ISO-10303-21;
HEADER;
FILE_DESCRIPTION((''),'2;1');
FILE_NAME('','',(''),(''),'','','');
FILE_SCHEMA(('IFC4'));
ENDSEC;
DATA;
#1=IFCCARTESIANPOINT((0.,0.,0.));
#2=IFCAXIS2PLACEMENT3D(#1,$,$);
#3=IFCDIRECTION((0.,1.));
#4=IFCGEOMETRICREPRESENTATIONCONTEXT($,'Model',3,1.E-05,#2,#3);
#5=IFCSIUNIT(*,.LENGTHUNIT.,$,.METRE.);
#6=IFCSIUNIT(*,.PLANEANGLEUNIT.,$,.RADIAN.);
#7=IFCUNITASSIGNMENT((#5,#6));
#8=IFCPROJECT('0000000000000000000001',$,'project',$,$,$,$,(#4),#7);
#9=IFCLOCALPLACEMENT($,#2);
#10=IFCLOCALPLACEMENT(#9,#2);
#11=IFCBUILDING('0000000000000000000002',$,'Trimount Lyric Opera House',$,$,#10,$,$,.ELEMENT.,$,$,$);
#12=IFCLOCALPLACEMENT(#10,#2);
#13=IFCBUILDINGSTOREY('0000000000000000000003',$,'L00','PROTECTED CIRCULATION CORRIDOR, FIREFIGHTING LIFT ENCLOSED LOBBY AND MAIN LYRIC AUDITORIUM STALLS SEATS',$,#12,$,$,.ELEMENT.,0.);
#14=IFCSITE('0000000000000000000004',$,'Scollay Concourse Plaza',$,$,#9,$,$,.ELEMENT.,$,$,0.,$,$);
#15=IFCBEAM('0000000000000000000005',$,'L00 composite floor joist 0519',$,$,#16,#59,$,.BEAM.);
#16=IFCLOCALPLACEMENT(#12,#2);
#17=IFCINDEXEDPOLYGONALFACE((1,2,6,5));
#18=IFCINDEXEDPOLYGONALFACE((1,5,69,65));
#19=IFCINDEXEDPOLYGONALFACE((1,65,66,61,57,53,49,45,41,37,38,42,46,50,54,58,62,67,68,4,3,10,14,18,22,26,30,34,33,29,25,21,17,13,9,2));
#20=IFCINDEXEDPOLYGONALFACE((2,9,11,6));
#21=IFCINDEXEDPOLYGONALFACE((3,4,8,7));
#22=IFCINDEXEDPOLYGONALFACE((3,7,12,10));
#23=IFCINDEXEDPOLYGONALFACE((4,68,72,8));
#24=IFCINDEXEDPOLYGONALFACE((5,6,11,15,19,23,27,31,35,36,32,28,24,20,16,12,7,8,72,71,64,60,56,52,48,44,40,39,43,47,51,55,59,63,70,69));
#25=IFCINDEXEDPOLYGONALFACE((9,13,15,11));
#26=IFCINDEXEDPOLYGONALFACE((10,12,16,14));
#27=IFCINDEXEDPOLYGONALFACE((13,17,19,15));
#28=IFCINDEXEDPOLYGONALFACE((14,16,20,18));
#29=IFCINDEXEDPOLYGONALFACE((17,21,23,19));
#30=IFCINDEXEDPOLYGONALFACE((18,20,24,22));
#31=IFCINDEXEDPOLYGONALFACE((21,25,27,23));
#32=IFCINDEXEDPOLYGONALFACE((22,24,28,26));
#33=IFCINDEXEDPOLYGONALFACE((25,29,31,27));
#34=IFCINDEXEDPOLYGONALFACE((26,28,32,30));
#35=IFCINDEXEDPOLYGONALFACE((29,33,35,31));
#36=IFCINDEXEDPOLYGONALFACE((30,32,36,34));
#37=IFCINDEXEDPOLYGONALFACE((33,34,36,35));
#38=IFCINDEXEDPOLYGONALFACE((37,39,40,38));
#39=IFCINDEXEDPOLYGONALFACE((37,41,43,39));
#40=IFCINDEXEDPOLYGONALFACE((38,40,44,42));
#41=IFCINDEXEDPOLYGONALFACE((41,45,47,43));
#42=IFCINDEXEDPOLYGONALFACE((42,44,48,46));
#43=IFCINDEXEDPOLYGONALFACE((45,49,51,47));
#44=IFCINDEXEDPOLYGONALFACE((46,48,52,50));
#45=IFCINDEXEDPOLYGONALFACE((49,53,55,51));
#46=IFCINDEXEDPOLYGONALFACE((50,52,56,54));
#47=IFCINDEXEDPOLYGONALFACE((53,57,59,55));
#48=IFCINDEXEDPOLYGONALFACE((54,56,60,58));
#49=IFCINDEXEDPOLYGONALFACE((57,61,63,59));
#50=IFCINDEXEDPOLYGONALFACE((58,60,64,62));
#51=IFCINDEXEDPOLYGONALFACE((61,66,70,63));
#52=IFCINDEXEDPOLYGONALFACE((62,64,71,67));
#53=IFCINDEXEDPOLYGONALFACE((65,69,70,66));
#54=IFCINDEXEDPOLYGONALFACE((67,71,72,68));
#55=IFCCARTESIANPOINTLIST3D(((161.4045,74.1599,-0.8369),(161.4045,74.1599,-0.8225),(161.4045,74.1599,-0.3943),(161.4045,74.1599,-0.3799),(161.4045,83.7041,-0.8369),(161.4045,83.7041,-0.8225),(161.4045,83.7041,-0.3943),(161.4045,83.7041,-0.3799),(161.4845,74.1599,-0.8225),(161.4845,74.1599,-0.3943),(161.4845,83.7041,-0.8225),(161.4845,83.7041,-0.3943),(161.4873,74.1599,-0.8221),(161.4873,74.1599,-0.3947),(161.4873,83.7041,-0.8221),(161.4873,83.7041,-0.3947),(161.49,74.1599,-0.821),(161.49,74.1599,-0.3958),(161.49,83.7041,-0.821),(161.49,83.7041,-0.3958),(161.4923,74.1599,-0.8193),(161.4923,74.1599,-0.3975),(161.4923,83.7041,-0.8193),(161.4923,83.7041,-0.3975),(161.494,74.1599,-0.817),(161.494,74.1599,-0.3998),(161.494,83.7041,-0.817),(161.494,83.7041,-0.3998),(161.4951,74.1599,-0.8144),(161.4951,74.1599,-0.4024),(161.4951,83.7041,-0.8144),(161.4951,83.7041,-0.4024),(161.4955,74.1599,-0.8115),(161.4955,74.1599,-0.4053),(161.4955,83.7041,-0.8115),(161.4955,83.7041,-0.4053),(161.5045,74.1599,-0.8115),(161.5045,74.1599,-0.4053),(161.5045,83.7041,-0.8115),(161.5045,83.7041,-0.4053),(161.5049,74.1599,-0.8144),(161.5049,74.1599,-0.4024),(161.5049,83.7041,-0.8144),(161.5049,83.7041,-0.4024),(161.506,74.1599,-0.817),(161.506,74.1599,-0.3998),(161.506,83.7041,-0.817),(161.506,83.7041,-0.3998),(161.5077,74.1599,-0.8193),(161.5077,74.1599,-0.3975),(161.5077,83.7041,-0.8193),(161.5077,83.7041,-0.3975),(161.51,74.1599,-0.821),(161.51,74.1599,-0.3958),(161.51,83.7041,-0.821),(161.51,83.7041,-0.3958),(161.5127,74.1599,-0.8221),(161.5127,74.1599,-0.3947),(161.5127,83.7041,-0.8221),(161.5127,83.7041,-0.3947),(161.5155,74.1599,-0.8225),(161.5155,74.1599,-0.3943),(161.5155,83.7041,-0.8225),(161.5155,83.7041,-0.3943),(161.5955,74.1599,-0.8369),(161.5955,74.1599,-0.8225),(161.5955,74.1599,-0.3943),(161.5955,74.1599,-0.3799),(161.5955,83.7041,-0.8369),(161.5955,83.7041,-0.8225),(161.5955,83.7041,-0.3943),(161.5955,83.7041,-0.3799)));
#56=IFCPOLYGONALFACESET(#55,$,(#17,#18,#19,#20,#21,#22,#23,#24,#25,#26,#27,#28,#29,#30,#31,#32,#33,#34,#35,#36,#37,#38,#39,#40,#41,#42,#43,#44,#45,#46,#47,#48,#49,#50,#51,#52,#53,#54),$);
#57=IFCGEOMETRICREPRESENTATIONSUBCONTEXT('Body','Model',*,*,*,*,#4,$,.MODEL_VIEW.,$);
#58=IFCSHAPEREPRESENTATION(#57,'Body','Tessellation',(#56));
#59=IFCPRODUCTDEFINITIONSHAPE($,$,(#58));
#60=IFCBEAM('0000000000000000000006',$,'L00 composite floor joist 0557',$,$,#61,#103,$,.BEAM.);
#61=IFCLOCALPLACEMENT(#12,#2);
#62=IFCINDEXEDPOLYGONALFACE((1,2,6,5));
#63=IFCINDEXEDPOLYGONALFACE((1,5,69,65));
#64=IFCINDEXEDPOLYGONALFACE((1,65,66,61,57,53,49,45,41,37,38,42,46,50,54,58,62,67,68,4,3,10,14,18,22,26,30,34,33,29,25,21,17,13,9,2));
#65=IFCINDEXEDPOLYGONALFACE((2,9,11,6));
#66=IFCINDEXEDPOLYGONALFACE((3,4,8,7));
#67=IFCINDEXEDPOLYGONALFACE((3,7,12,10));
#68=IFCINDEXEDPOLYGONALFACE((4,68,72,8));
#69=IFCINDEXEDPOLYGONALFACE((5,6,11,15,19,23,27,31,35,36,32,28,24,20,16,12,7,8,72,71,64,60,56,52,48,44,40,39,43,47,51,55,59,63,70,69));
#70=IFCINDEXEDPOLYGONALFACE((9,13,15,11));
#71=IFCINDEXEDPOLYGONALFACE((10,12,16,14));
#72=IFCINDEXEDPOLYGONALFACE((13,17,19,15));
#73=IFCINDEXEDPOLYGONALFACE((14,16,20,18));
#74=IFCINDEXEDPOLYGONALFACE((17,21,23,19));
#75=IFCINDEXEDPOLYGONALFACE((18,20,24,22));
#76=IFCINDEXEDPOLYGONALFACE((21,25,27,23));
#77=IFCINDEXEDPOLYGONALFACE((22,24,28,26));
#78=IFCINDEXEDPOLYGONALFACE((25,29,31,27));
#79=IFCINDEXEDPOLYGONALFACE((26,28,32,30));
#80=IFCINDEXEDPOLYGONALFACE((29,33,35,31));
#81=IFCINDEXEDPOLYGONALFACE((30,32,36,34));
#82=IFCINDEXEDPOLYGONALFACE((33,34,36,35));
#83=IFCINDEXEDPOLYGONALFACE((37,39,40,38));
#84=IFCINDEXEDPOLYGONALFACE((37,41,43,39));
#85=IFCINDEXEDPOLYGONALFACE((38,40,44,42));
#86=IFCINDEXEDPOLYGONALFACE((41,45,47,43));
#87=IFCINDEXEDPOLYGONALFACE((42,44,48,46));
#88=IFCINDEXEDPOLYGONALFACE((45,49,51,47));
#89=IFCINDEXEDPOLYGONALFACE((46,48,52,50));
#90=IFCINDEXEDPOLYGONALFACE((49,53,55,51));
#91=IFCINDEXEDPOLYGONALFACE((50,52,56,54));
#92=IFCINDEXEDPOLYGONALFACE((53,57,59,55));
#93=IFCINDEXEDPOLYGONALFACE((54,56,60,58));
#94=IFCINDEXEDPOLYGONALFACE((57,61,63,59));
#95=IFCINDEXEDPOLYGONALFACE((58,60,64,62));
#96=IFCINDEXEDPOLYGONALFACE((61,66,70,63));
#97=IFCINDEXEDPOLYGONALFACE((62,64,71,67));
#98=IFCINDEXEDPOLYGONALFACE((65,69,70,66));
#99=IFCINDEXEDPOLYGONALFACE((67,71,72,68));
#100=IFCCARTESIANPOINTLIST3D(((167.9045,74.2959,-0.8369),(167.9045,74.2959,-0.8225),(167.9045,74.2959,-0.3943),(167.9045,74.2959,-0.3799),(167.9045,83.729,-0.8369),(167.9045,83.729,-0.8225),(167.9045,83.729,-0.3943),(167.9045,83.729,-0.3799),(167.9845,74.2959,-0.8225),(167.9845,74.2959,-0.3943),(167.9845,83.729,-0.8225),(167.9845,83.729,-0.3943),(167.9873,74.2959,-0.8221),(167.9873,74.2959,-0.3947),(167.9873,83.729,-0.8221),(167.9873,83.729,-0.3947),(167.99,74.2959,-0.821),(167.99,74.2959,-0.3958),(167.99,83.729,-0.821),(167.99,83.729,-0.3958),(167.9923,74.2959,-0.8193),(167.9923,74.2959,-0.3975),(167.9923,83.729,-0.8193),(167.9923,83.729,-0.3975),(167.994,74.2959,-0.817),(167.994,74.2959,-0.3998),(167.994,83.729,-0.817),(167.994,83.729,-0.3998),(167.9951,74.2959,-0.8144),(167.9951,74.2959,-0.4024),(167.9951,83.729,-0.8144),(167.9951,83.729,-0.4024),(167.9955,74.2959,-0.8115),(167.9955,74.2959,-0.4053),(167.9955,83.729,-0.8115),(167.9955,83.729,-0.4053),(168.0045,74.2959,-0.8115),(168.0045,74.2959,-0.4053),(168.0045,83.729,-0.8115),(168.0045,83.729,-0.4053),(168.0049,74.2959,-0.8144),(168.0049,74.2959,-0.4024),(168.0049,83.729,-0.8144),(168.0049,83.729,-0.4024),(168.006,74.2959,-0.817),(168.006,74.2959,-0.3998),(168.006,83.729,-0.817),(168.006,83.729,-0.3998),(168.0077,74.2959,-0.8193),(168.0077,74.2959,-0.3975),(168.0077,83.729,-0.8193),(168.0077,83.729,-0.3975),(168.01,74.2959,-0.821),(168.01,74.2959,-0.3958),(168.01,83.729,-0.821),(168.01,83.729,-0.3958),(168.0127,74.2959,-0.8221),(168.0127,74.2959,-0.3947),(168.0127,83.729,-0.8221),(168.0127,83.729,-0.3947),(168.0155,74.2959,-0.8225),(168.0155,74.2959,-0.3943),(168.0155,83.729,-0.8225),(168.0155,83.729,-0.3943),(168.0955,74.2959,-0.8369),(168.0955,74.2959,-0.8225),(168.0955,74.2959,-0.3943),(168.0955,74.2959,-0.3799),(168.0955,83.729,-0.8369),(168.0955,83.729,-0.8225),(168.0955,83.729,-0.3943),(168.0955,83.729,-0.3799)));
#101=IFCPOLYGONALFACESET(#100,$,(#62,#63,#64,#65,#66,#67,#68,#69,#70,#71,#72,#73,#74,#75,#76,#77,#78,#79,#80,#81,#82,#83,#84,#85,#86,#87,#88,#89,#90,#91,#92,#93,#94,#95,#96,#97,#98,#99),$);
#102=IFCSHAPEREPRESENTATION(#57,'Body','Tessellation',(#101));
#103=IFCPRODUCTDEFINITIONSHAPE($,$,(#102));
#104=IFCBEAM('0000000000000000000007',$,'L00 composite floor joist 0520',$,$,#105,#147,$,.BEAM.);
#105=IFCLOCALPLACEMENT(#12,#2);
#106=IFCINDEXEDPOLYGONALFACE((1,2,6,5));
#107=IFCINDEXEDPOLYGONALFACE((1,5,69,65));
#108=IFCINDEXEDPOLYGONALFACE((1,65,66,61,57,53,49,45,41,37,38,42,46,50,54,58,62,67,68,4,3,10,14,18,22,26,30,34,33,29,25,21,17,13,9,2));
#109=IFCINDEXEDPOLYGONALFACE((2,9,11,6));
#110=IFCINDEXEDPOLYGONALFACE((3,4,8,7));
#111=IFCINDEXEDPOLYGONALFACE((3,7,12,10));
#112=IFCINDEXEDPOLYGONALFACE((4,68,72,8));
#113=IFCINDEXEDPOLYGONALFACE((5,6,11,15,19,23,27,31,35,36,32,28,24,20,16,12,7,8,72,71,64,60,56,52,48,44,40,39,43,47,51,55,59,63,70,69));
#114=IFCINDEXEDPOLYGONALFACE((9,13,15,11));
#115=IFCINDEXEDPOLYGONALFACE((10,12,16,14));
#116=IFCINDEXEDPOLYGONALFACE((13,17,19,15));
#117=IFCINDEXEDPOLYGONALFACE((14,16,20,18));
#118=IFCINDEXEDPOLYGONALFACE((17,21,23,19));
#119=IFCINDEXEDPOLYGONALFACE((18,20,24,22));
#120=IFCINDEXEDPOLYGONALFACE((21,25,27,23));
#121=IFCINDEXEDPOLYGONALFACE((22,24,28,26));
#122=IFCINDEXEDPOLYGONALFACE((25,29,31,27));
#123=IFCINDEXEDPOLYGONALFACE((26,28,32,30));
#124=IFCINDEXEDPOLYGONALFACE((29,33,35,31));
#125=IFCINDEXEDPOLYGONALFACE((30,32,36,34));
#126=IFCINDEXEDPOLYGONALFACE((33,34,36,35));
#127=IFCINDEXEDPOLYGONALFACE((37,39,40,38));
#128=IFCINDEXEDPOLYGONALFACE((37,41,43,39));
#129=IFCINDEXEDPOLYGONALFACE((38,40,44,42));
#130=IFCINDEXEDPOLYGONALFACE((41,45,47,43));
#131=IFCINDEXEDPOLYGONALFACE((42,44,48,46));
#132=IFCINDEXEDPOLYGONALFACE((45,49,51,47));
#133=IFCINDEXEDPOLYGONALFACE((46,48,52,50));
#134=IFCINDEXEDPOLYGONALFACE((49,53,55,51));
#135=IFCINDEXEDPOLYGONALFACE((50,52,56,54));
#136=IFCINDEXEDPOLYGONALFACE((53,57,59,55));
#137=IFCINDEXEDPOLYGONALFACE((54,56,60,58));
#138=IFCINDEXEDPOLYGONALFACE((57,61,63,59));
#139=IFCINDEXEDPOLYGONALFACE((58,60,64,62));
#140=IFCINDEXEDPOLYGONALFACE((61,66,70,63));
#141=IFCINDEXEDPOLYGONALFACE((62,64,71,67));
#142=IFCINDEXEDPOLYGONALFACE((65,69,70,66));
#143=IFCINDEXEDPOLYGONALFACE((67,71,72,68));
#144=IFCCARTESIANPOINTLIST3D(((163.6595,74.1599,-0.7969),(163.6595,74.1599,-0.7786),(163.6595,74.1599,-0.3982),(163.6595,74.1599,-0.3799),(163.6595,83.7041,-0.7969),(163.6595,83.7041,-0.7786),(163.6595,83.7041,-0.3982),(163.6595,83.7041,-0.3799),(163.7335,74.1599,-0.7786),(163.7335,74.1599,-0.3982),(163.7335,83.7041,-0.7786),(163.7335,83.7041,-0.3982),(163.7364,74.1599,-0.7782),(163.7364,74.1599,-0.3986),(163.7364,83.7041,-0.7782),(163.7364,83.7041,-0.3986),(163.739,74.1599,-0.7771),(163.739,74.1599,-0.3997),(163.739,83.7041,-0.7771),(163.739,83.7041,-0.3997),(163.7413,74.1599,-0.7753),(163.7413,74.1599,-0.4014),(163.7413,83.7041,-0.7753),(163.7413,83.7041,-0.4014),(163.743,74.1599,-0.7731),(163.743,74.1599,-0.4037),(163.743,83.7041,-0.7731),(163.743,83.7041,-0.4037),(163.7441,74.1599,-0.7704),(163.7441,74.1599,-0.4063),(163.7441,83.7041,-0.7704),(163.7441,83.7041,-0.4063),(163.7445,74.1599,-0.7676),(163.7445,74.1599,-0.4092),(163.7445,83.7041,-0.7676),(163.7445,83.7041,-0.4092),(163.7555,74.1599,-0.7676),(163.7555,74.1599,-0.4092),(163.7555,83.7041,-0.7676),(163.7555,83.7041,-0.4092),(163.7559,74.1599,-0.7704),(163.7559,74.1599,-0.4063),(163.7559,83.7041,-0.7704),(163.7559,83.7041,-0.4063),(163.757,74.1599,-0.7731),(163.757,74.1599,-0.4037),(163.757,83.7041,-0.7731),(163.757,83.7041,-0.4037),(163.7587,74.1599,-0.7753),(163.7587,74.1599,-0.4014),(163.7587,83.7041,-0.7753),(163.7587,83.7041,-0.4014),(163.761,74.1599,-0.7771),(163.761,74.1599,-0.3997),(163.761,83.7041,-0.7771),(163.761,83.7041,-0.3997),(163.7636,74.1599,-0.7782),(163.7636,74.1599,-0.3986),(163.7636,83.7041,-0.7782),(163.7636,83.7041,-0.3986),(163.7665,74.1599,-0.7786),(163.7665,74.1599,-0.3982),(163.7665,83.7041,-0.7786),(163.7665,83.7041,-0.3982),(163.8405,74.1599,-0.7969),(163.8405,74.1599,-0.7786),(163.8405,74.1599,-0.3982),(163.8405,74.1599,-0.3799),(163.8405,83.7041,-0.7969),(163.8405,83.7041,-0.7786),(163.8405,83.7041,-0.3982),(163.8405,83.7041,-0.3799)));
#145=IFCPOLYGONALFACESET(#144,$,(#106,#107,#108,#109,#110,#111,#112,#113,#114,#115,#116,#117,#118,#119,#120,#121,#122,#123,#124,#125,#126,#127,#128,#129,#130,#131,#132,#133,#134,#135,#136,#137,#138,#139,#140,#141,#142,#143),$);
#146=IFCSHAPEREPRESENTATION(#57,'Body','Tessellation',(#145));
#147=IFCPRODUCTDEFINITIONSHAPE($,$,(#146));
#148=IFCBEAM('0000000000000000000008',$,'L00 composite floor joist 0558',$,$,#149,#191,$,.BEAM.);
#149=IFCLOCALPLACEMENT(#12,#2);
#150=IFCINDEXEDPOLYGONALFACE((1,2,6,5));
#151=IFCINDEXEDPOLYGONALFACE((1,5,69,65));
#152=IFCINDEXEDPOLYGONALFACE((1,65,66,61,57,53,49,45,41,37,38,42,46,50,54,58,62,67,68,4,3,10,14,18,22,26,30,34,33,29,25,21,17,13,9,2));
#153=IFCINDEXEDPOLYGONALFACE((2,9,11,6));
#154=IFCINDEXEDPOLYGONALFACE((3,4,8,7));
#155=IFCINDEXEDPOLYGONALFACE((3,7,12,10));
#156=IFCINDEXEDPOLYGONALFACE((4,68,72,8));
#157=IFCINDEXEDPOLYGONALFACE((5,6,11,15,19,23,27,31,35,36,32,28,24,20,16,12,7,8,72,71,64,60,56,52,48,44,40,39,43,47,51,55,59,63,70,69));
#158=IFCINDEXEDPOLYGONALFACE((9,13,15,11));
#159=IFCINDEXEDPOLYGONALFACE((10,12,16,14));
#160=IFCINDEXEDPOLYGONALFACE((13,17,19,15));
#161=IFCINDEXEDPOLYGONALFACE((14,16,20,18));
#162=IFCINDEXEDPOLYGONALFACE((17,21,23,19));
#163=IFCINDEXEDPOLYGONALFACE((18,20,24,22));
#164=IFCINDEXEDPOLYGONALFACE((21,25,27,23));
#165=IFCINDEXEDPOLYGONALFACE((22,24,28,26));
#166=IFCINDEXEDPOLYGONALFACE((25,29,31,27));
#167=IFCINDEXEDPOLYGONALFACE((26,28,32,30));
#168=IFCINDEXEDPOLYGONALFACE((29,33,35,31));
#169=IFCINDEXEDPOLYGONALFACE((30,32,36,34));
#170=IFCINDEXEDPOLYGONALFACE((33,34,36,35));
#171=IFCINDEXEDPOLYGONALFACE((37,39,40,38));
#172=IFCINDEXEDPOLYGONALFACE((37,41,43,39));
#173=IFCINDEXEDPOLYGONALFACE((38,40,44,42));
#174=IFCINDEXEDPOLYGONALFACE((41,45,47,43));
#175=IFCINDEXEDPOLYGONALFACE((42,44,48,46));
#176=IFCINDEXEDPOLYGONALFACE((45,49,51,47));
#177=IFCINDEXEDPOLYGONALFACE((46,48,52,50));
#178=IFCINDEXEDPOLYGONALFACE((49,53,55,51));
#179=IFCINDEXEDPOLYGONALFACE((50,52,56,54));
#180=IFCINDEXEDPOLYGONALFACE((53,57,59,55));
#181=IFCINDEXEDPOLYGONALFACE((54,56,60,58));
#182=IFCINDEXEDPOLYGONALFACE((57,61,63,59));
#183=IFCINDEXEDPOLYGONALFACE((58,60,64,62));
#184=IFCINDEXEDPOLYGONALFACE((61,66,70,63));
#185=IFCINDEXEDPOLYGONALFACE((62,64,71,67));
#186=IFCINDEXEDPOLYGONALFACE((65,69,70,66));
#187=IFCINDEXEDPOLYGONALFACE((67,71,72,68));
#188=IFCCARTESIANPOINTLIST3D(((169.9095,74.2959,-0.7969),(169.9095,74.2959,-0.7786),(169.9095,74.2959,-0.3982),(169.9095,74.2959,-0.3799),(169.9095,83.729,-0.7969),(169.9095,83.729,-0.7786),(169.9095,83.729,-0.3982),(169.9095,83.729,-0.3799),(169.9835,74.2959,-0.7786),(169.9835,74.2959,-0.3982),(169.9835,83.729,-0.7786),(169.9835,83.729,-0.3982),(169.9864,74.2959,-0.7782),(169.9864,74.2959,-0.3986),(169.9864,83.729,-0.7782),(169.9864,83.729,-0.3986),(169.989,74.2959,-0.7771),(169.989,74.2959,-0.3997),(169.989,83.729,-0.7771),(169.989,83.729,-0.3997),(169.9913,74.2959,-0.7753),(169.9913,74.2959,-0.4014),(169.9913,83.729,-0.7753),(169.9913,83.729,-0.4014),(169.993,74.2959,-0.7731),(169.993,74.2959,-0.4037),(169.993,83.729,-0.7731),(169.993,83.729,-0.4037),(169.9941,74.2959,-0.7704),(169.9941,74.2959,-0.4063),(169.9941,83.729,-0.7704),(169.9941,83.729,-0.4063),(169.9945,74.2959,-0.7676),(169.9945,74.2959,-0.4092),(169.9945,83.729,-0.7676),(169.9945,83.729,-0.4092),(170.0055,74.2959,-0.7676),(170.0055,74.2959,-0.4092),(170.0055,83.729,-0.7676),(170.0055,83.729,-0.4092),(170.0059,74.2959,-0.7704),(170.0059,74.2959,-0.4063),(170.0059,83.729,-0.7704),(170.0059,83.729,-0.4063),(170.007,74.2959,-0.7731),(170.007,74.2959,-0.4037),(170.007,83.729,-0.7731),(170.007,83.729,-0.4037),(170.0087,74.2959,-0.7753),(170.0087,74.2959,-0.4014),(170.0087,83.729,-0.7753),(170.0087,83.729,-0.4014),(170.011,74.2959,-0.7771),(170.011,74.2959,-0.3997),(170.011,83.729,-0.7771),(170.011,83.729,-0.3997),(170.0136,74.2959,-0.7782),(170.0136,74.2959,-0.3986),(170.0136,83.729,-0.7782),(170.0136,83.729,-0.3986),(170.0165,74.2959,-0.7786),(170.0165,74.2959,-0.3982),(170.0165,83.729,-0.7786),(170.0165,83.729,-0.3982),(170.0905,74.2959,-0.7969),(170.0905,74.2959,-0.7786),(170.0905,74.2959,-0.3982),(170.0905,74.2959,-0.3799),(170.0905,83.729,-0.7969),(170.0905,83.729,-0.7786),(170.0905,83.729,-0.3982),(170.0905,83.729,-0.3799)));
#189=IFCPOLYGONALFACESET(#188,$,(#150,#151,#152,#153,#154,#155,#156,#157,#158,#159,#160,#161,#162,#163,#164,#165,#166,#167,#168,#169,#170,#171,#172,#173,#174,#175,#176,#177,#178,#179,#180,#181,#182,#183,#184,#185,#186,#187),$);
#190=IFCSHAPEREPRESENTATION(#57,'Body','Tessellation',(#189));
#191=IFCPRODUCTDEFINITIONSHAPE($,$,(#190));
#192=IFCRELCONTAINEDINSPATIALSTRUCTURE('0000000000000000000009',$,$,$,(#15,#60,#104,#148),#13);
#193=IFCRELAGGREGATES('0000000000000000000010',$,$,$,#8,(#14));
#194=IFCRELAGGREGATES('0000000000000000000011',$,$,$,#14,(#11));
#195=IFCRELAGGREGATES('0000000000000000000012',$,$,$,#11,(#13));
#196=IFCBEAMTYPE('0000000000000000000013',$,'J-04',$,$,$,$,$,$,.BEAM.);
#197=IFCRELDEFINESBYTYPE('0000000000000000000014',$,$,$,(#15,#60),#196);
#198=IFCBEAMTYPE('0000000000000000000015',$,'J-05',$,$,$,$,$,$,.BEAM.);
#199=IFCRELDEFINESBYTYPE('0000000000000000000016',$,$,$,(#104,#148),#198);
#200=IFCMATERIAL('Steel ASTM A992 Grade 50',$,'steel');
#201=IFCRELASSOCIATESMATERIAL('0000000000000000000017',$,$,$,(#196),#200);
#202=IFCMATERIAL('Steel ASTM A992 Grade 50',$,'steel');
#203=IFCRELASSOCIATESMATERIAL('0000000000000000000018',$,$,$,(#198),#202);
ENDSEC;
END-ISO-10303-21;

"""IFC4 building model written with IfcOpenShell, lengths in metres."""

from ifc_helpers import new_model, si_unit, direction, frame, origin, origin_2d, place, context, subcontext, project, spatial, i_section, extrude, material, material_profile, profile_set, type_object, element, save


model = new_model("IFC4")

# Units and contexts
model_context = context("Model", 3, precision=1e-05, world=origin(), true_north=direction((0.0, 1.0)))
body_context = subcontext(model_context, "Body", "Model", "MODEL_VIEW")
ifc_project = project(units=[si_unit("LENGTHUNIT", "METRE"), si_unit("PLANEANGLEUNIT", "RADIAN")], contexts=[model_context])

# Site, building, storey
site_placement = place(None, origin())
site = spatial("IfcSite", under=ifc_project, at=site_placement, Name="Scollay Concourse Plaza", CompositionType="ELEMENT", RefElevation=0.0)
building_placement = place(site_placement, origin())
building = spatial("IfcBuilding", under=site, at=building_placement, Name="Trimount Lyric Opera House", CompositionType="ELEMENT")
storey_placement = place(building_placement, origin())
storey = spatial("IfcBuildingStorey", under=building, at=storey_placement, Name="L00", Description="PROTECTED CIRCULATION CORRIDOR, FIREFIGHTING LIFT ENCLOSED LOBBY AND MAIN LYRIC AUDITORIUM STALLS SEATS", CompositionType="ELEMENT", Elevation=0.0)

# Beams
ifc_material_1 = material(Name="Steel ASTM A992 Grade 50", Category="steel")
ifc_material_profile_1 = material_profile(ifc_material_1, i_section(OverallWidth=0.1909, OverallDepth=0.457, WebThickness=0.009, FlangeThickness=0.0144, FilletRadius=0.011, at=origin_2d()), Name="W18X50")
ifc_profile_set_1 = profile_set([ifc_material_profile_1], Name="Steel ASTM A992 Grade 50")
beam_type_1 = type_object("IfcBeamType", Name="J-04", PredefinedType="BEAM", material=ifc_profile_set_1)
beam_1_placement = place(storey_placement, frame((161.5, 74.1599, -0.6084), z_axis=(0.0, 1.0, 0.0), x_axis=(-1.0, 0.0, 0.0)))
element("IfcBeam", 1, at=beam_1_placement, inside=storey, type_object=beam_type_1, Name="L00 composite floor joist 0519", PredefinedType="BEAM", context=body_context, shape_type="SweptSolid", body=[
    extrude(i_section(OverallWidth=0.1909, OverallDepth=0.457, WebThickness=0.009, FlangeThickness=0.0144, FilletRadius=0.011, at=origin_2d()), origin(), (0.0, 0.0, 1.0), 9.5442),
])
beam_2_placement = place(storey_placement, frame((168.0, 74.2959, -0.6084), z_axis=(0.0, 1.0, 0.0), x_axis=(-1.0, 0.0, 0.0)))
element("IfcBeam", 2, at=beam_2_placement, inside=storey, type_object=beam_type_1, Name="L00 composite floor joist 0557", PredefinedType="BEAM", context=body_context, shape_type="SweptSolid", body=[
    extrude(i_section(OverallWidth=0.1909, OverallDepth=0.457, WebThickness=0.009, FlangeThickness=0.0144, FilletRadius=0.011, at=origin_2d()), origin(), (0.0, 0.0, 1.0), 9.4331),
])
ifc_material_2 = material(Name="Steel ASTM A992 Grade 50", Category="steel")
ifc_material_profile_2 = material_profile(ifc_material_2, i_section(OverallWidth=0.1809, OverallDepth=0.417, WebThickness=0.011, FlangeThickness=0.0183, FilletRadius=0.011, at=origin_2d()), Name="W16X57")
ifc_profile_set_2 = profile_set([ifc_material_profile_2], Name="Steel ASTM A992 Grade 50")
beam_type_2 = type_object("IfcBeamType", Name="J-05", PredefinedType="BEAM", material=ifc_profile_set_2)
beam_3_placement = place(storey_placement, frame((163.75, 74.1599, -0.5884), z_axis=(0.0, 1.0, 0.0), x_axis=(-1.0, 0.0, 0.0)))
element("IfcBeam", 3, at=beam_3_placement, inside=storey, type_object=beam_type_2, Name="L00 composite floor joist 0520", PredefinedType="BEAM", context=body_context, shape_type="SweptSolid", body=[
    extrude(i_section(OverallWidth=0.1809, OverallDepth=0.417, WebThickness=0.011, FlangeThickness=0.0183, FilletRadius=0.011, at=origin_2d()), origin(), (0.0, 0.0, 1.0), 9.5442),
])
beam_4_placement = place(storey_placement, frame((170.0, 74.2959, -0.5884), z_axis=(0.0, 1.0, 0.0), x_axis=(-1.0, 0.0, 0.0)))
element("IfcBeam", 4, at=beam_4_placement, inside=storey, type_object=beam_type_2, Name="L00 composite floor joist 0558", PredefinedType="BEAM", context=body_context, shape_type="SweptSolid", body=[
    extrude(i_section(OverallWidth=0.1809, OverallDepth=0.417, WebThickness=0.011, FlangeThickness=0.0183, FilletRadius=0.011, at=origin_2d()), origin(), (0.0, 0.0, 1.0), 9.4331),
])

save(model, "model.ifc")
